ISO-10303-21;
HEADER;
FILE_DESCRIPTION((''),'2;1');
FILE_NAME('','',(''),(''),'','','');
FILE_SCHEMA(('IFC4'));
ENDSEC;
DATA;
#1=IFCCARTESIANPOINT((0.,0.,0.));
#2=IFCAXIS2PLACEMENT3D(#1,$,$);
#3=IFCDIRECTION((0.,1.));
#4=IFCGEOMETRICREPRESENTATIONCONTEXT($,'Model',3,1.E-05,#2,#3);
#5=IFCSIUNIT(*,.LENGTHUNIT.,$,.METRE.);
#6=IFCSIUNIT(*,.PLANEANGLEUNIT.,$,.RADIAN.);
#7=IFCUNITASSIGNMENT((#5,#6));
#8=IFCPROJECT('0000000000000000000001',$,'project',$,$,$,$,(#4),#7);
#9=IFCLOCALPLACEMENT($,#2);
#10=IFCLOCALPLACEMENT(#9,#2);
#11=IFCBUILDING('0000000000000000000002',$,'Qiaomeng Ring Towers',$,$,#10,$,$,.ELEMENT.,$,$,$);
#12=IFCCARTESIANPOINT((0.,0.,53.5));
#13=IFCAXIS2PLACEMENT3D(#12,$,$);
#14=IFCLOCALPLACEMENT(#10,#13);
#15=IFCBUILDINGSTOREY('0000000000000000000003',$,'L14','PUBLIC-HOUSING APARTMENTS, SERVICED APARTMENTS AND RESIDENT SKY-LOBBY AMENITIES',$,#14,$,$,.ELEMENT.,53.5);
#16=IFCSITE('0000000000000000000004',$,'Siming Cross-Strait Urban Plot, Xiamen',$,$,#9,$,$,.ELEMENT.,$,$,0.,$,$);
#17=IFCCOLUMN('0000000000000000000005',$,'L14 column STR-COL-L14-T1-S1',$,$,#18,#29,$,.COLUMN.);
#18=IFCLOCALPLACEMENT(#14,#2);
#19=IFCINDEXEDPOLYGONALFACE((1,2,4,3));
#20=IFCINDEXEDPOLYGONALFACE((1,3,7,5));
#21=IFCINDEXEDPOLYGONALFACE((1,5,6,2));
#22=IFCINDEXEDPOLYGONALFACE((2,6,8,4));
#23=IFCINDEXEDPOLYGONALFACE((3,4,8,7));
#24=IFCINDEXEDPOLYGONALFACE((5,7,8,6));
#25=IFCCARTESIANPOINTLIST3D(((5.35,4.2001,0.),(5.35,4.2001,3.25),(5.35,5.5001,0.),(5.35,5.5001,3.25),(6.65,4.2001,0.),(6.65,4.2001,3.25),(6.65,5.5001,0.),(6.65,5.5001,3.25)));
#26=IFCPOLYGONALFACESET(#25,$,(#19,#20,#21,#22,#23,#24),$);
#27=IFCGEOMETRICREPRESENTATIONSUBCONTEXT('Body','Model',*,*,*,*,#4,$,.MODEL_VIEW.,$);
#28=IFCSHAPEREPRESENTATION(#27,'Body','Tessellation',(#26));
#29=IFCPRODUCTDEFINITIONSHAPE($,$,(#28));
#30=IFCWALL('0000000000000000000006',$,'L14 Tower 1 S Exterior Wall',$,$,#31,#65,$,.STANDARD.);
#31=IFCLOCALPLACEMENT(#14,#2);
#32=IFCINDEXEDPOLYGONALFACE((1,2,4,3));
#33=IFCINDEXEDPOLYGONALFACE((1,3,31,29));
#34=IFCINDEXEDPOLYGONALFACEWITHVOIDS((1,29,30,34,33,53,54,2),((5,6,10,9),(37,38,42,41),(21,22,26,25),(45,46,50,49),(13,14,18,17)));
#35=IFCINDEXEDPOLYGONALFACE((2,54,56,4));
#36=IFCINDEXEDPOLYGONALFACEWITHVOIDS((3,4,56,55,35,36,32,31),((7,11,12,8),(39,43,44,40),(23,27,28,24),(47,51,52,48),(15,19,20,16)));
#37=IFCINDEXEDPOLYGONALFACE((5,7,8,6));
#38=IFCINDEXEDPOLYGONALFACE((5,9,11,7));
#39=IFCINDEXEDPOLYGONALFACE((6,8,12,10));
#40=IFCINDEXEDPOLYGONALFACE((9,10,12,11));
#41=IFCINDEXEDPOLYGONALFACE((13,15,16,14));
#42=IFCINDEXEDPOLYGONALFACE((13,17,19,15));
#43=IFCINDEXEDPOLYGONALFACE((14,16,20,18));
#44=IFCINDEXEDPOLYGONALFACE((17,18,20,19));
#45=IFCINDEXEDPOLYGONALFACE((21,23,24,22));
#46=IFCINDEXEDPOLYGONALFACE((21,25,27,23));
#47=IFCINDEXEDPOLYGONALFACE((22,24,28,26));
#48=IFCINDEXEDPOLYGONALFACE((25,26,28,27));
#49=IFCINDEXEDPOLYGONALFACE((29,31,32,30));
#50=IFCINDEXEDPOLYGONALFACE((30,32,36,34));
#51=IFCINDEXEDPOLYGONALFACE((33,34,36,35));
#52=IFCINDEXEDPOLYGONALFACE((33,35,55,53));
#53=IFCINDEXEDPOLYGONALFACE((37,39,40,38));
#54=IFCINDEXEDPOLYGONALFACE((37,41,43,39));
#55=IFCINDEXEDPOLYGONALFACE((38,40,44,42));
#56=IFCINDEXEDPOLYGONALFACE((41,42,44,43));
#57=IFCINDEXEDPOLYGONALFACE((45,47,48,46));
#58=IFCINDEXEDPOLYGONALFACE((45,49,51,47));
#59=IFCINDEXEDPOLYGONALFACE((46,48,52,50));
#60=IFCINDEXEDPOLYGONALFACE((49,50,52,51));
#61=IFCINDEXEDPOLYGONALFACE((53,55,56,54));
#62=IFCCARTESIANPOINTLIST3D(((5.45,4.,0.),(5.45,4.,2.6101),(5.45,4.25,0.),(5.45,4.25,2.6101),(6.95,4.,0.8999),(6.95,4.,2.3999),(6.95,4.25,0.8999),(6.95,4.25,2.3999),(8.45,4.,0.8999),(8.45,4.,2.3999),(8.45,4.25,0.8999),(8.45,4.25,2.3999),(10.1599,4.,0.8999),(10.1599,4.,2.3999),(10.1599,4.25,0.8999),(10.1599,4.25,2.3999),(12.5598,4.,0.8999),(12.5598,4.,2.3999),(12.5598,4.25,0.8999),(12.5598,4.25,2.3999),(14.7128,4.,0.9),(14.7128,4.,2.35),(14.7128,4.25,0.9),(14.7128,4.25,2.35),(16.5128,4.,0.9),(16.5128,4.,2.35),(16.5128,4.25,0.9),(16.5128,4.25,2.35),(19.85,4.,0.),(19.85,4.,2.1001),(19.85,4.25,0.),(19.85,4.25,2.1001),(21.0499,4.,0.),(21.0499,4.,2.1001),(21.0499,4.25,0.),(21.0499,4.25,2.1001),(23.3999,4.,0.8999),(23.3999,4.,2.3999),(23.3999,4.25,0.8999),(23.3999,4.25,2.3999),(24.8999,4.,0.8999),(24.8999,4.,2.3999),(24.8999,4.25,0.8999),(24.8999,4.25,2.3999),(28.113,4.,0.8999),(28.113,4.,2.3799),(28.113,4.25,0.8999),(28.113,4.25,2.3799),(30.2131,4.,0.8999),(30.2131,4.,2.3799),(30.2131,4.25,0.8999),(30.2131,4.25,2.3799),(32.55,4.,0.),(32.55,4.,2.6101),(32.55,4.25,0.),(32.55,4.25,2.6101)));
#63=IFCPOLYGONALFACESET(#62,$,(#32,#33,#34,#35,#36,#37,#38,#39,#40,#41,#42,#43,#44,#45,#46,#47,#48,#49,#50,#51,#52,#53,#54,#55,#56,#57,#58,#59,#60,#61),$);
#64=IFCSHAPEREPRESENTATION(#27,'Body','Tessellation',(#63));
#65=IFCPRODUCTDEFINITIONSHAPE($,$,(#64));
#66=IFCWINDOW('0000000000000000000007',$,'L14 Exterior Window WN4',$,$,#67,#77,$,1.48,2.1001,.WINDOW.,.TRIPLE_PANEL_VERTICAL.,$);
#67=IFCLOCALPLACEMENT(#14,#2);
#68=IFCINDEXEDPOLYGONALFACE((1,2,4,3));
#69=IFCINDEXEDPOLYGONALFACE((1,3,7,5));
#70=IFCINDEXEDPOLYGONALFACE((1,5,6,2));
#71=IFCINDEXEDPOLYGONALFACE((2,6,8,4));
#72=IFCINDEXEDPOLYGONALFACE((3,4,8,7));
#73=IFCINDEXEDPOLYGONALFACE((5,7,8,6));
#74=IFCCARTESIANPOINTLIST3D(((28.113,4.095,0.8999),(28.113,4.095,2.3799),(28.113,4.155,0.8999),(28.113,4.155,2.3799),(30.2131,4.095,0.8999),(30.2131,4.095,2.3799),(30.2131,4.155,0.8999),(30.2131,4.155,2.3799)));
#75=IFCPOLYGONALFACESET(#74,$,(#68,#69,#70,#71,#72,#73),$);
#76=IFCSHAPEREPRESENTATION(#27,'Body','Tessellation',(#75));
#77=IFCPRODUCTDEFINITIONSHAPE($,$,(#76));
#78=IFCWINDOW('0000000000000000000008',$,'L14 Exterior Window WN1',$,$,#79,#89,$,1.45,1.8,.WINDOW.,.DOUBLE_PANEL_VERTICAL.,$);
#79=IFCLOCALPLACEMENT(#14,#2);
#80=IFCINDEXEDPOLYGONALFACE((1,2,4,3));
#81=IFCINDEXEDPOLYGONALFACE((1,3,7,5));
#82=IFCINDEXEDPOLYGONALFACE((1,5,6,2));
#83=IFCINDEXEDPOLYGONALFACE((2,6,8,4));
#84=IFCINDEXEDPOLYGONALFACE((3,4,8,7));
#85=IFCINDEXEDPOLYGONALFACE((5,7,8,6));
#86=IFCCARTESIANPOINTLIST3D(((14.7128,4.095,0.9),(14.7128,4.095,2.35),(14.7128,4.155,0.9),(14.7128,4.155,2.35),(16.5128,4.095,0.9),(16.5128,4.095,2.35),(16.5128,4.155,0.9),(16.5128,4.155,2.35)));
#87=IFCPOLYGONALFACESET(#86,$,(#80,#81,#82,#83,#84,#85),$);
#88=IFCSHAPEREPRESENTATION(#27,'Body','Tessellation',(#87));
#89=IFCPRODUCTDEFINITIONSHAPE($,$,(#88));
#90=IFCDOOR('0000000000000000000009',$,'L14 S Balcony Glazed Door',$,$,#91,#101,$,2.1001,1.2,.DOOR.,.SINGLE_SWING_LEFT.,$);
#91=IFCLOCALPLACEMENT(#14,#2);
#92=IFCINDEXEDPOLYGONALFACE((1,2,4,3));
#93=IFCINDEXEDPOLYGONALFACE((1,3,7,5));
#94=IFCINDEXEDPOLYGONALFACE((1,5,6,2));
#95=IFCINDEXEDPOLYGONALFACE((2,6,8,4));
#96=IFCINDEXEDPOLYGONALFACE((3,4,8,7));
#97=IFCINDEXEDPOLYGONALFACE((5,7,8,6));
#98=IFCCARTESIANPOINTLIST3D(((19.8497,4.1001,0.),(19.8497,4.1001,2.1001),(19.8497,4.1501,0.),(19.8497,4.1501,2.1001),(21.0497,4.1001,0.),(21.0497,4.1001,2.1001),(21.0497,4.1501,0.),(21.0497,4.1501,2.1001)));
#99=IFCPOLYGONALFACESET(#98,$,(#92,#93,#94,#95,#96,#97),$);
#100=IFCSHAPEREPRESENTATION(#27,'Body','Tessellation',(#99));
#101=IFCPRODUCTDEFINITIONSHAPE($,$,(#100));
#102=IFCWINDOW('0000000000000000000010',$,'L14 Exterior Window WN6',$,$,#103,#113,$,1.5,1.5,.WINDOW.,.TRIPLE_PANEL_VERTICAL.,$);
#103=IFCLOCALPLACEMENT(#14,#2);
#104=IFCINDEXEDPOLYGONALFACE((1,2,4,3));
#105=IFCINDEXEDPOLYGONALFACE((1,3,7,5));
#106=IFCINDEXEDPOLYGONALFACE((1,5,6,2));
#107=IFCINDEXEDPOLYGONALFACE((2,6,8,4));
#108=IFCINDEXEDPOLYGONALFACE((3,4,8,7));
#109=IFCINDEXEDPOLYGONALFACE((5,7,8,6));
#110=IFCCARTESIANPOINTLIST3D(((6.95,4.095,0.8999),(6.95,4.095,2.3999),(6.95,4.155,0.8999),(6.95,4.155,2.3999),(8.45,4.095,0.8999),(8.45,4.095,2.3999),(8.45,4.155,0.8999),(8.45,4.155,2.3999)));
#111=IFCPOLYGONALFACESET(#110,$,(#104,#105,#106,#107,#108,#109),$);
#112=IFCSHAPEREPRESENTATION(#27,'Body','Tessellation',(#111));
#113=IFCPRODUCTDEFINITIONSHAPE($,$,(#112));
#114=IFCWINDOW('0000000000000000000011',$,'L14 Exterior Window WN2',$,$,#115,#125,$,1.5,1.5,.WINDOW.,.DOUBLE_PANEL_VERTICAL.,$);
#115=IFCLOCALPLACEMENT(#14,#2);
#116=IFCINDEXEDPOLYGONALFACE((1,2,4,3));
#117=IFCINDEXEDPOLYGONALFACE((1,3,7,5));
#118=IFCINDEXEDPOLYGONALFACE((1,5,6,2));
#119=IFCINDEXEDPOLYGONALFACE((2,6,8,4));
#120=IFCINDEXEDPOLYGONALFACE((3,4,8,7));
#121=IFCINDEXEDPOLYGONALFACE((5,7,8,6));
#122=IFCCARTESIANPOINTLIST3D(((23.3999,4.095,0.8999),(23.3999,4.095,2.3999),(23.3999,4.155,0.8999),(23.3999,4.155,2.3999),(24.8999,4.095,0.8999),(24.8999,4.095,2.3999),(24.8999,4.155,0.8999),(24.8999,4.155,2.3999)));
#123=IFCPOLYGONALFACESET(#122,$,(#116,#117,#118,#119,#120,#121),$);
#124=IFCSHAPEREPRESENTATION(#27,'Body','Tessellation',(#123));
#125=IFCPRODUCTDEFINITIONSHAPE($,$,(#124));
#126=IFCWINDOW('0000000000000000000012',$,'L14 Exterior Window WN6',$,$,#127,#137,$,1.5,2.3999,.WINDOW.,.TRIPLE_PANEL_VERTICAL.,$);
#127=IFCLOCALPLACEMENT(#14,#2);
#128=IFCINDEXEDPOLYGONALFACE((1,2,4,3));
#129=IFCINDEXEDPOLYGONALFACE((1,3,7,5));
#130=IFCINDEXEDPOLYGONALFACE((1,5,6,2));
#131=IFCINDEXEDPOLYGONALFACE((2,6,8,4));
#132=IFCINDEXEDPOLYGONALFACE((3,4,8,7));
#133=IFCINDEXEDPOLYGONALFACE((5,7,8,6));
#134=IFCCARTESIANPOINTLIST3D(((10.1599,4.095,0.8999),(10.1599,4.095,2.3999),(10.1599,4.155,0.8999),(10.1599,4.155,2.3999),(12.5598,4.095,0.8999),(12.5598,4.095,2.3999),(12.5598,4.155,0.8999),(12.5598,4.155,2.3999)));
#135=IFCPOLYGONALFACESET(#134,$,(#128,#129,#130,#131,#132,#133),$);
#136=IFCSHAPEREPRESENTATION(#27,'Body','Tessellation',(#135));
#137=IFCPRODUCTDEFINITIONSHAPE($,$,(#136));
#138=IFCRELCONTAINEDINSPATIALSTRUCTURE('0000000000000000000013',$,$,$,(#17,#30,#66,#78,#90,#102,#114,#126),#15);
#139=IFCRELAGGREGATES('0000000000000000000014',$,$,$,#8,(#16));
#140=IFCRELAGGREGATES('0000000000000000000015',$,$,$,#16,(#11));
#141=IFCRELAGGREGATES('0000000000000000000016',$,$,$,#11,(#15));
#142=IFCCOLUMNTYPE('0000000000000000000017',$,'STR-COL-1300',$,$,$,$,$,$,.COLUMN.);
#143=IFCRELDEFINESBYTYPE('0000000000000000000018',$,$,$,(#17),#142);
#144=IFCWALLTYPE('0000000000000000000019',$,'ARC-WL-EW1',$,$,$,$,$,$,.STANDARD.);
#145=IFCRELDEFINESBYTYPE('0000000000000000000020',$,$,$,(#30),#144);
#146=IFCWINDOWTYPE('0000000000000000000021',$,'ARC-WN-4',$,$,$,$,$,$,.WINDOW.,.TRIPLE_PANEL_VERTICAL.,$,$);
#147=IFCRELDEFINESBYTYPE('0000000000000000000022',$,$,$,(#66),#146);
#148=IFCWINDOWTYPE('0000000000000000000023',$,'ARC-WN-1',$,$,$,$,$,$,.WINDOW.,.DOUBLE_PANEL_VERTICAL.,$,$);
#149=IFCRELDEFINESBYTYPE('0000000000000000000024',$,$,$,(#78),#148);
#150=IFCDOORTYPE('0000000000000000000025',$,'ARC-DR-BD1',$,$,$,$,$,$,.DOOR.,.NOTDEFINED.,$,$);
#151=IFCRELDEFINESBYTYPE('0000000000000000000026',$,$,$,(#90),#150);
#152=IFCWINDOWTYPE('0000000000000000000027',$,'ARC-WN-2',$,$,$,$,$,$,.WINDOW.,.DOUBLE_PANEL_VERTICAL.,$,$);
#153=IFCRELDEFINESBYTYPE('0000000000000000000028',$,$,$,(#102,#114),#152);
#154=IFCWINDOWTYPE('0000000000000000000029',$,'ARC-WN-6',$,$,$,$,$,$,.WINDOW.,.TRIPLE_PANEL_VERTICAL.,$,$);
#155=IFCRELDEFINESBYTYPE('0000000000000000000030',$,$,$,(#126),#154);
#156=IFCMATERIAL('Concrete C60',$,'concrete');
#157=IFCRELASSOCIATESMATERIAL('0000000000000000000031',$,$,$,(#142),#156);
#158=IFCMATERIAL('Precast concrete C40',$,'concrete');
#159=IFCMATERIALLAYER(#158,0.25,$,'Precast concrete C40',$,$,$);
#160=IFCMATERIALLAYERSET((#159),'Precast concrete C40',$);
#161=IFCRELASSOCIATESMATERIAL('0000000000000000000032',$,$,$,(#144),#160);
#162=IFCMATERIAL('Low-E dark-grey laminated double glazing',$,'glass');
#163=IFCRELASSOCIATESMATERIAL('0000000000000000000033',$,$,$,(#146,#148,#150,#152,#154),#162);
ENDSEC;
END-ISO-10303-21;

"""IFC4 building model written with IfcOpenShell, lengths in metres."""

from ifc_helpers import new_model, si_unit, direction, frame, frame_2d, origin, origin_2d, place, context, subcontext, project, spatial, rectangle, extrude, source, transform, mapped, material, layer, layer_set, material_profile, profile_set, type_object, element, fill, save


model = new_model("IFC4")

# Units and contexts
model_context = context("Model", 3, precision=1e-05, world=origin(), true_north=direction((0.0, 1.0)))
body_context = subcontext(model_context, "Body", "Model", "MODEL_VIEW")
ifc_project = project(units=[si_unit("LENGTHUNIT", "METRE"), si_unit("PLANEANGLEUNIT", "RADIAN")], contexts=[model_context])

# Site, building, storey
site_placement = place(None, origin())
site = spatial("IfcSite", under=ifc_project, at=site_placement, Name="Siming Cross-Strait Urban Plot, Xiamen", CompositionType="ELEMENT", RefElevation=0.0)
building_placement = place(site_placement, origin())
building = spatial("IfcBuilding", under=site, at=building_placement, Name="Qiaomeng Ring Towers", CompositionType="ELEMENT")
storey_placement = place(building_placement, frame((0.0, 0.0, 53.5)))
storey = spatial("IfcBuildingStorey", under=building, at=storey_placement, Name="L14", Description="PUBLIC-HOUSING APARTMENTS, SERVICED APARTMENTS AND RESIDENT SKY-LOBBY AMENITIES", CompositionType="ELEMENT", Elevation=53.5)

# Column
ifc_material_1 = material(Name="Concrete C60", Category="concrete")
ifc_material_profile = material_profile(ifc_material_1, rectangle(XDim=1.3, YDim=1.3, at=origin_2d()), Name="RC COL 1300x1300")
ifc_profile_set = profile_set([ifc_material_profile], Name="Concrete C60")
column_type = type_object("IfcColumnType", Name="STR-COL-1300", PredefinedType="COLUMN", material=ifc_profile_set)
shared_shape_1 = source(origin(), body_context, "Body", "SweptSolid", [
    extrude(rectangle(XDim=1.3, YDim=1.3, at=origin_2d()), origin(), (0.0, 0.0, 1.0), 3.25),
])
column_placement = place(storey_placement, frame((6.0, 4.8501, 0.0), z_axis=(0.0, 0.0, 1.0), x_axis=(1.0, 0.0, 0.0)))
element("IfcColumn", 1, at=column_placement, inside=storey, type_object=column_type, Name="L14 column STR-COL-L14-T1-S1", PredefinedType="COLUMN", context=body_context, shape_type="MappedRepresentation", body=[
    mapped(shared_shape_1, transform((0.0, 0.0, 0.0), x_axis=(1.0, 0.0, 0.0), y_axis=(0.0, 1.0, 0.0), z_axis=(0.0, 0.0, 1.0), scale=1.0)),
])

# Wall, openings, windows, door
ifc_material_2 = material(Name="Precast concrete C40", Category="concrete")
ifc_layer_1 = layer(ifc_material_2, 0.25, Name="Precast concrete C40")
ifc_layer_set_1 = layer_set([ifc_layer_1], Name="Precast concrete C40")
wall_type_1 = type_object("IfcWallType", Name="ARC-WL-EW1", PredefinedType="STANDARD", material=ifc_layer_set_1)
wall_1_placement = place(storey_placement, frame((5.45, 4.125, 0.0), z_axis=(0.0, 0.0, 1.0), x_axis=(1.0, 0.0, 0.0)))
wall_1 = element("IfcWall", 2, at=wall_1_placement, inside=storey, type_object=wall_type_1, Name="L14 Tower 1 S Exterior Wall", PredefinedType="STANDARD", context=body_context, shape_type="SweptSolid", body=[
    extrude(rectangle(XDim=27.1001, YDim=0.25, at=frame_2d((13.55, 0.0))), origin(), (0.0, 0.0, 1.0), 2.6101),
])
opening_1_placement = place(wall_1_placement, frame((14.3999, 0.0, 0.0)))
opening_1 = element("IfcOpeningElement", 3, at=opening_1_placement, cuts=wall_1, PredefinedType="OPENING", context=body_context, shape_type="SweptSolid", body=[
    extrude(rectangle(XDim=1.2, YDim=2.1001, at=frame_2d((0.6001, 1.05))), frame((0.0, 0.135, 0.0), z_axis=(0.0, -1.0, 0.0), x_axis=(1.0, 0.0, 0.0)), (0.0, 0.0, 1.0), 0.27),
])
opening_2_placement = place(wall_1_placement, frame((1.5, 0.0, 0.8999)))
opening_2 = element("IfcOpeningElement", 4, at=opening_2_placement, cuts=wall_1, PredefinedType="OPENING", context=body_context, shape_type="SweptSolid", body=[
    extrude(rectangle(XDim=1.5, YDim=1.5, at=frame_2d((0.75, 0.75))), frame((0.0, 0.135, 0.0), z_axis=(0.0, -1.0, 0.0), x_axis=(1.0, 0.0, 0.0)), (0.0, 0.0, 1.0), 0.27),
])
opening_3_placement = place(wall_1_placement, frame((9.2629, 0.0, 0.8999)))
opening_3 = element("IfcOpeningElement", 5, at=opening_3_placement, cuts=wall_1, PredefinedType="OPENING", context=body_context, shape_type="SweptSolid", body=[
    extrude(rectangle(XDim=1.8, YDim=1.45, at=frame_2d((0.8999, 0.7251))), frame((0.0, 0.135, 0.0), z_axis=(0.0, -1.0, 0.0), x_axis=(1.0, 0.0, 0.0)), (0.0, 0.0, 1.0), 0.27),
])
opening_4_placement = place(wall_1_placement, frame((17.95, 0.0, 0.8999)))
opening_4 = element("IfcOpeningElement", 6, at=opening_4_placement, cuts=wall_1, PredefinedType="OPENING", context=body_context, shape_type="SweptSolid", body=[
    extrude(rectangle(XDim=1.5, YDim=1.5, at=frame_2d((0.75, 0.75))), frame((0.0, 0.135, 0.0), z_axis=(0.0, -1.0, 0.0), x_axis=(1.0, 0.0, 0.0)), (0.0, 0.0, 1.0), 0.27),
])
opening_5_placement = place(wall_1_placement, frame((22.6631, 0.0, 0.8999)))
opening_5 = element("IfcOpeningElement", 7, at=opening_5_placement, cuts=wall_1, PredefinedType="OPENING", context=body_context, shape_type="SweptSolid", body=[
    extrude(rectangle(XDim=2.1001, YDim=1.48, at=frame_2d((1.05, 0.74))), frame((0.0, 0.135, 0.0), z_axis=(0.0, -1.0, 0.0), x_axis=(1.0, 0.0, 0.0)), (0.0, 0.0, 1.0), 0.27),
])
opening_6_placement = place(wall_1_placement, frame((4.71, 0.0, 0.8999)))
opening_6 = element("IfcOpeningElement", 8, at=opening_6_placement, cuts=wall_1, PredefinedType="OPENING", context=body_context, shape_type="SweptSolid", body=[
    extrude(rectangle(XDim=2.3999, YDim=1.5, at=frame_2d((1.2, 0.75))), frame((0.0, 0.135, 0.0), z_axis=(0.0, -1.0, 0.0), x_axis=(1.0, 0.0, 0.0)), (0.0, 0.0, 1.0), 0.27),
])
ifc_material_3 = material(Name="Low-E dark-grey laminated double glazing", Category="glass")
window_type_1 = type_object("IfcWindowType", Name="ARC-WN-4", PartitioningType="TRIPLE_PANEL_VERTICAL", PredefinedType="WINDOW", material=ifc_material_3)
shared_shape_2 = source(origin(), body_context, "Body", "SweptSolid", [
    extrude(rectangle(XDim=2.1001, YDim=1.48, at=frame_2d((1.05, 0.74))), frame((0.0, 0.03, 0.0), z_axis=(0.0, -1.0, 0.0), x_axis=(1.0, 0.0, 0.0)), (0.0, 0.0, 1.0), 0.0601),
])
window_1_placement = place(opening_5_placement, origin())
window_1 = element("IfcWindow", 9, at=window_1_placement, inside=storey, type_object=window_type_1, Name="L14 Exterior Window WN4", OverallHeight=1.48, OverallWidth=2.1001, PartitioningType="TRIPLE_PANEL_VERTICAL", PredefinedType="WINDOW", context=body_context, shape_type="MappedRepresentation", body=[
    mapped(shared_shape_2, transform((0.0, 0.0, 0.0), x_axis=(1.0, 0.0, 0.0), y_axis=(0.0, 1.0, 0.0), z_axis=(0.0, 0.0, 1.0), scale=1.0)),
])
fill(opening_5, window_1)
window_type_2 = type_object("IfcWindowType", Name="ARC-WN-1", PartitioningType="DOUBLE_PANEL_VERTICAL", PredefinedType="WINDOW", material=ifc_material_3)
shared_shape_3 = source(origin(), body_context, "Body", "SweptSolid", [
    extrude(rectangle(XDim=1.8, YDim=1.45, at=frame_2d((0.8999, 0.7251))), frame((0.0, 0.03, 0.0), z_axis=(0.0, -1.0, 0.0), x_axis=(1.0, 0.0, 0.0)), (0.0, 0.0, 1.0), 0.0601),
])
window_2_placement = place(opening_3_placement, origin())
window_2 = element("IfcWindow", 10, at=window_2_placement, inside=storey, type_object=window_type_2, Name="L14 Exterior Window WN1", OverallHeight=1.45, OverallWidth=1.8, PartitioningType="DOUBLE_PANEL_VERTICAL", PredefinedType="WINDOW", context=body_context, shape_type="MappedRepresentation", body=[
    mapped(shared_shape_3, transform((0.0, 0.0, 0.0), x_axis=(1.0, 0.0, 0.0), y_axis=(0.0, 1.0, 0.0), z_axis=(0.0, 0.0, 1.0), scale=1.0)),
])
fill(opening_3, window_2)
door_type = type_object("IfcDoorType", Name="ARC-DR-BD1", OperationType="NOTDEFINED", PredefinedType="DOOR", material=ifc_material_3)
shared_shape_4 = source(origin(), body_context, "Body", "SweptSolid", [
    extrude(rectangle(XDim=1.2, YDim=2.1001, at=frame_2d((0.6001, 1.05))), frame((0.0, 0.0249, 0.0), z_axis=(0.0, -1.0, 0.0), x_axis=(1.0, 0.0, 0.0)), (0.0, 0.0, 1.0), 0.05),
])
door_1_placement = place(opening_1_placement, frame((1.2, 0.0, 0.0), z_axis=(0.0, 0.0, 1.0), x_axis=(-1.0, 0.0, 0.0)))
door_1 = element("IfcDoor", 11, at=door_1_placement, inside=storey, type_object=door_type, Name="L14 S Balcony Glazed Door", OperationType="SINGLE_SWING_LEFT", OverallHeight=2.1001, OverallWidth=1.2, PredefinedType="DOOR", context=body_context, shape_type="MappedRepresentation", body=[
    mapped(shared_shape_4, transform((0.0, 0.0, 0.0), x_axis=(1.0, 0.0, 0.0), y_axis=(0.0, 1.0, 0.0), z_axis=(0.0, 0.0, 1.0), scale=1.0)),
])
fill(opening_1, door_1)
window_type_3 = type_object("IfcWindowType", Name="ARC-WN-2", PartitioningType="DOUBLE_PANEL_VERTICAL", PredefinedType="WINDOW", material=ifc_material_3)
shared_shape_5 = source(origin(), body_context, "Body", "SweptSolid", [
    extrude(rectangle(XDim=1.5, YDim=1.5, at=frame_2d((0.75, 0.75))), frame((0.0, 0.03, 0.0), z_axis=(0.0, -1.0, 0.0), x_axis=(1.0, 0.0, 0.0)), (0.0, 0.0, 1.0), 0.0601),
])
window_3_placement = place(opening_2_placement, origin())
window_3 = element("IfcWindow", 12, at=window_3_placement, inside=storey, type_object=window_type_3, Name="L14 Exterior Window WN6", OverallHeight=1.5, OverallWidth=1.5, PartitioningType="TRIPLE_PANEL_VERTICAL", PredefinedType="WINDOW", context=body_context, shape_type="MappedRepresentation", body=[
    mapped(shared_shape_5, transform((0.0, 0.0, 0.0), x_axis=(1.0, 0.0, 0.0), y_axis=(0.0, 1.0, 0.0), z_axis=(0.0, 0.0, 1.0), scale=1.0)),
])
fill(opening_2, window_3)
window_4_placement = place(opening_4_placement, origin())
window_4 = element("IfcWindow", 13, at=window_4_placement, inside=storey, type_object=window_type_3, Name="L14 Exterior Window WN2", OverallHeight=1.5, OverallWidth=1.5, PartitioningType="DOUBLE_PANEL_VERTICAL", PredefinedType="WINDOW", context=body_context, shape_type="MappedRepresentation", body=[
    mapped(shared_shape_5, transform((0.0, 0.0, 0.0), x_axis=(1.0, 0.0, 0.0), y_axis=(0.0, 1.0, 0.0), z_axis=(0.0, 0.0, 1.0), scale=1.0)),
])
fill(opening_4, window_4)
window_type_4 = type_object("IfcWindowType", Name="ARC-WN-6", PartitioningType="TRIPLE_PANEL_VERTICAL", PredefinedType="WINDOW", material=ifc_material_3)
shared_shape_6 = source(origin(), body_context, "Body", "SweptSolid", [
    extrude(rectangle(XDim=2.3999, YDim=1.5, at=frame_2d((1.2, 0.75))), frame((0.0, 0.03, 0.0), z_axis=(0.0, -1.0, 0.0), x_axis=(1.0, 0.0, 0.0)), (0.0, 0.0, 1.0), 0.0601),
])
window_5_placement = place(opening_6_placement, origin())
window_5 = element("IfcWindow", 14, at=window_5_placement, inside=storey, type_object=window_type_4, Name="L14 Exterior Window WN6", OverallHeight=1.5, OverallWidth=2.3999, PartitioningType="TRIPLE_PANEL_VERTICAL", PredefinedType="WINDOW", context=body_context, shape_type="MappedRepresentation", body=[
    mapped(shared_shape_6, transform((0.0, 0.0, 0.0), x_axis=(1.0, 0.0, 0.0), y_axis=(0.0, 1.0, 0.0), z_axis=(0.0, 0.0, 1.0), scale=1.0)),
])
fill(opening_6, window_5)

save(model, "model.ifc")
